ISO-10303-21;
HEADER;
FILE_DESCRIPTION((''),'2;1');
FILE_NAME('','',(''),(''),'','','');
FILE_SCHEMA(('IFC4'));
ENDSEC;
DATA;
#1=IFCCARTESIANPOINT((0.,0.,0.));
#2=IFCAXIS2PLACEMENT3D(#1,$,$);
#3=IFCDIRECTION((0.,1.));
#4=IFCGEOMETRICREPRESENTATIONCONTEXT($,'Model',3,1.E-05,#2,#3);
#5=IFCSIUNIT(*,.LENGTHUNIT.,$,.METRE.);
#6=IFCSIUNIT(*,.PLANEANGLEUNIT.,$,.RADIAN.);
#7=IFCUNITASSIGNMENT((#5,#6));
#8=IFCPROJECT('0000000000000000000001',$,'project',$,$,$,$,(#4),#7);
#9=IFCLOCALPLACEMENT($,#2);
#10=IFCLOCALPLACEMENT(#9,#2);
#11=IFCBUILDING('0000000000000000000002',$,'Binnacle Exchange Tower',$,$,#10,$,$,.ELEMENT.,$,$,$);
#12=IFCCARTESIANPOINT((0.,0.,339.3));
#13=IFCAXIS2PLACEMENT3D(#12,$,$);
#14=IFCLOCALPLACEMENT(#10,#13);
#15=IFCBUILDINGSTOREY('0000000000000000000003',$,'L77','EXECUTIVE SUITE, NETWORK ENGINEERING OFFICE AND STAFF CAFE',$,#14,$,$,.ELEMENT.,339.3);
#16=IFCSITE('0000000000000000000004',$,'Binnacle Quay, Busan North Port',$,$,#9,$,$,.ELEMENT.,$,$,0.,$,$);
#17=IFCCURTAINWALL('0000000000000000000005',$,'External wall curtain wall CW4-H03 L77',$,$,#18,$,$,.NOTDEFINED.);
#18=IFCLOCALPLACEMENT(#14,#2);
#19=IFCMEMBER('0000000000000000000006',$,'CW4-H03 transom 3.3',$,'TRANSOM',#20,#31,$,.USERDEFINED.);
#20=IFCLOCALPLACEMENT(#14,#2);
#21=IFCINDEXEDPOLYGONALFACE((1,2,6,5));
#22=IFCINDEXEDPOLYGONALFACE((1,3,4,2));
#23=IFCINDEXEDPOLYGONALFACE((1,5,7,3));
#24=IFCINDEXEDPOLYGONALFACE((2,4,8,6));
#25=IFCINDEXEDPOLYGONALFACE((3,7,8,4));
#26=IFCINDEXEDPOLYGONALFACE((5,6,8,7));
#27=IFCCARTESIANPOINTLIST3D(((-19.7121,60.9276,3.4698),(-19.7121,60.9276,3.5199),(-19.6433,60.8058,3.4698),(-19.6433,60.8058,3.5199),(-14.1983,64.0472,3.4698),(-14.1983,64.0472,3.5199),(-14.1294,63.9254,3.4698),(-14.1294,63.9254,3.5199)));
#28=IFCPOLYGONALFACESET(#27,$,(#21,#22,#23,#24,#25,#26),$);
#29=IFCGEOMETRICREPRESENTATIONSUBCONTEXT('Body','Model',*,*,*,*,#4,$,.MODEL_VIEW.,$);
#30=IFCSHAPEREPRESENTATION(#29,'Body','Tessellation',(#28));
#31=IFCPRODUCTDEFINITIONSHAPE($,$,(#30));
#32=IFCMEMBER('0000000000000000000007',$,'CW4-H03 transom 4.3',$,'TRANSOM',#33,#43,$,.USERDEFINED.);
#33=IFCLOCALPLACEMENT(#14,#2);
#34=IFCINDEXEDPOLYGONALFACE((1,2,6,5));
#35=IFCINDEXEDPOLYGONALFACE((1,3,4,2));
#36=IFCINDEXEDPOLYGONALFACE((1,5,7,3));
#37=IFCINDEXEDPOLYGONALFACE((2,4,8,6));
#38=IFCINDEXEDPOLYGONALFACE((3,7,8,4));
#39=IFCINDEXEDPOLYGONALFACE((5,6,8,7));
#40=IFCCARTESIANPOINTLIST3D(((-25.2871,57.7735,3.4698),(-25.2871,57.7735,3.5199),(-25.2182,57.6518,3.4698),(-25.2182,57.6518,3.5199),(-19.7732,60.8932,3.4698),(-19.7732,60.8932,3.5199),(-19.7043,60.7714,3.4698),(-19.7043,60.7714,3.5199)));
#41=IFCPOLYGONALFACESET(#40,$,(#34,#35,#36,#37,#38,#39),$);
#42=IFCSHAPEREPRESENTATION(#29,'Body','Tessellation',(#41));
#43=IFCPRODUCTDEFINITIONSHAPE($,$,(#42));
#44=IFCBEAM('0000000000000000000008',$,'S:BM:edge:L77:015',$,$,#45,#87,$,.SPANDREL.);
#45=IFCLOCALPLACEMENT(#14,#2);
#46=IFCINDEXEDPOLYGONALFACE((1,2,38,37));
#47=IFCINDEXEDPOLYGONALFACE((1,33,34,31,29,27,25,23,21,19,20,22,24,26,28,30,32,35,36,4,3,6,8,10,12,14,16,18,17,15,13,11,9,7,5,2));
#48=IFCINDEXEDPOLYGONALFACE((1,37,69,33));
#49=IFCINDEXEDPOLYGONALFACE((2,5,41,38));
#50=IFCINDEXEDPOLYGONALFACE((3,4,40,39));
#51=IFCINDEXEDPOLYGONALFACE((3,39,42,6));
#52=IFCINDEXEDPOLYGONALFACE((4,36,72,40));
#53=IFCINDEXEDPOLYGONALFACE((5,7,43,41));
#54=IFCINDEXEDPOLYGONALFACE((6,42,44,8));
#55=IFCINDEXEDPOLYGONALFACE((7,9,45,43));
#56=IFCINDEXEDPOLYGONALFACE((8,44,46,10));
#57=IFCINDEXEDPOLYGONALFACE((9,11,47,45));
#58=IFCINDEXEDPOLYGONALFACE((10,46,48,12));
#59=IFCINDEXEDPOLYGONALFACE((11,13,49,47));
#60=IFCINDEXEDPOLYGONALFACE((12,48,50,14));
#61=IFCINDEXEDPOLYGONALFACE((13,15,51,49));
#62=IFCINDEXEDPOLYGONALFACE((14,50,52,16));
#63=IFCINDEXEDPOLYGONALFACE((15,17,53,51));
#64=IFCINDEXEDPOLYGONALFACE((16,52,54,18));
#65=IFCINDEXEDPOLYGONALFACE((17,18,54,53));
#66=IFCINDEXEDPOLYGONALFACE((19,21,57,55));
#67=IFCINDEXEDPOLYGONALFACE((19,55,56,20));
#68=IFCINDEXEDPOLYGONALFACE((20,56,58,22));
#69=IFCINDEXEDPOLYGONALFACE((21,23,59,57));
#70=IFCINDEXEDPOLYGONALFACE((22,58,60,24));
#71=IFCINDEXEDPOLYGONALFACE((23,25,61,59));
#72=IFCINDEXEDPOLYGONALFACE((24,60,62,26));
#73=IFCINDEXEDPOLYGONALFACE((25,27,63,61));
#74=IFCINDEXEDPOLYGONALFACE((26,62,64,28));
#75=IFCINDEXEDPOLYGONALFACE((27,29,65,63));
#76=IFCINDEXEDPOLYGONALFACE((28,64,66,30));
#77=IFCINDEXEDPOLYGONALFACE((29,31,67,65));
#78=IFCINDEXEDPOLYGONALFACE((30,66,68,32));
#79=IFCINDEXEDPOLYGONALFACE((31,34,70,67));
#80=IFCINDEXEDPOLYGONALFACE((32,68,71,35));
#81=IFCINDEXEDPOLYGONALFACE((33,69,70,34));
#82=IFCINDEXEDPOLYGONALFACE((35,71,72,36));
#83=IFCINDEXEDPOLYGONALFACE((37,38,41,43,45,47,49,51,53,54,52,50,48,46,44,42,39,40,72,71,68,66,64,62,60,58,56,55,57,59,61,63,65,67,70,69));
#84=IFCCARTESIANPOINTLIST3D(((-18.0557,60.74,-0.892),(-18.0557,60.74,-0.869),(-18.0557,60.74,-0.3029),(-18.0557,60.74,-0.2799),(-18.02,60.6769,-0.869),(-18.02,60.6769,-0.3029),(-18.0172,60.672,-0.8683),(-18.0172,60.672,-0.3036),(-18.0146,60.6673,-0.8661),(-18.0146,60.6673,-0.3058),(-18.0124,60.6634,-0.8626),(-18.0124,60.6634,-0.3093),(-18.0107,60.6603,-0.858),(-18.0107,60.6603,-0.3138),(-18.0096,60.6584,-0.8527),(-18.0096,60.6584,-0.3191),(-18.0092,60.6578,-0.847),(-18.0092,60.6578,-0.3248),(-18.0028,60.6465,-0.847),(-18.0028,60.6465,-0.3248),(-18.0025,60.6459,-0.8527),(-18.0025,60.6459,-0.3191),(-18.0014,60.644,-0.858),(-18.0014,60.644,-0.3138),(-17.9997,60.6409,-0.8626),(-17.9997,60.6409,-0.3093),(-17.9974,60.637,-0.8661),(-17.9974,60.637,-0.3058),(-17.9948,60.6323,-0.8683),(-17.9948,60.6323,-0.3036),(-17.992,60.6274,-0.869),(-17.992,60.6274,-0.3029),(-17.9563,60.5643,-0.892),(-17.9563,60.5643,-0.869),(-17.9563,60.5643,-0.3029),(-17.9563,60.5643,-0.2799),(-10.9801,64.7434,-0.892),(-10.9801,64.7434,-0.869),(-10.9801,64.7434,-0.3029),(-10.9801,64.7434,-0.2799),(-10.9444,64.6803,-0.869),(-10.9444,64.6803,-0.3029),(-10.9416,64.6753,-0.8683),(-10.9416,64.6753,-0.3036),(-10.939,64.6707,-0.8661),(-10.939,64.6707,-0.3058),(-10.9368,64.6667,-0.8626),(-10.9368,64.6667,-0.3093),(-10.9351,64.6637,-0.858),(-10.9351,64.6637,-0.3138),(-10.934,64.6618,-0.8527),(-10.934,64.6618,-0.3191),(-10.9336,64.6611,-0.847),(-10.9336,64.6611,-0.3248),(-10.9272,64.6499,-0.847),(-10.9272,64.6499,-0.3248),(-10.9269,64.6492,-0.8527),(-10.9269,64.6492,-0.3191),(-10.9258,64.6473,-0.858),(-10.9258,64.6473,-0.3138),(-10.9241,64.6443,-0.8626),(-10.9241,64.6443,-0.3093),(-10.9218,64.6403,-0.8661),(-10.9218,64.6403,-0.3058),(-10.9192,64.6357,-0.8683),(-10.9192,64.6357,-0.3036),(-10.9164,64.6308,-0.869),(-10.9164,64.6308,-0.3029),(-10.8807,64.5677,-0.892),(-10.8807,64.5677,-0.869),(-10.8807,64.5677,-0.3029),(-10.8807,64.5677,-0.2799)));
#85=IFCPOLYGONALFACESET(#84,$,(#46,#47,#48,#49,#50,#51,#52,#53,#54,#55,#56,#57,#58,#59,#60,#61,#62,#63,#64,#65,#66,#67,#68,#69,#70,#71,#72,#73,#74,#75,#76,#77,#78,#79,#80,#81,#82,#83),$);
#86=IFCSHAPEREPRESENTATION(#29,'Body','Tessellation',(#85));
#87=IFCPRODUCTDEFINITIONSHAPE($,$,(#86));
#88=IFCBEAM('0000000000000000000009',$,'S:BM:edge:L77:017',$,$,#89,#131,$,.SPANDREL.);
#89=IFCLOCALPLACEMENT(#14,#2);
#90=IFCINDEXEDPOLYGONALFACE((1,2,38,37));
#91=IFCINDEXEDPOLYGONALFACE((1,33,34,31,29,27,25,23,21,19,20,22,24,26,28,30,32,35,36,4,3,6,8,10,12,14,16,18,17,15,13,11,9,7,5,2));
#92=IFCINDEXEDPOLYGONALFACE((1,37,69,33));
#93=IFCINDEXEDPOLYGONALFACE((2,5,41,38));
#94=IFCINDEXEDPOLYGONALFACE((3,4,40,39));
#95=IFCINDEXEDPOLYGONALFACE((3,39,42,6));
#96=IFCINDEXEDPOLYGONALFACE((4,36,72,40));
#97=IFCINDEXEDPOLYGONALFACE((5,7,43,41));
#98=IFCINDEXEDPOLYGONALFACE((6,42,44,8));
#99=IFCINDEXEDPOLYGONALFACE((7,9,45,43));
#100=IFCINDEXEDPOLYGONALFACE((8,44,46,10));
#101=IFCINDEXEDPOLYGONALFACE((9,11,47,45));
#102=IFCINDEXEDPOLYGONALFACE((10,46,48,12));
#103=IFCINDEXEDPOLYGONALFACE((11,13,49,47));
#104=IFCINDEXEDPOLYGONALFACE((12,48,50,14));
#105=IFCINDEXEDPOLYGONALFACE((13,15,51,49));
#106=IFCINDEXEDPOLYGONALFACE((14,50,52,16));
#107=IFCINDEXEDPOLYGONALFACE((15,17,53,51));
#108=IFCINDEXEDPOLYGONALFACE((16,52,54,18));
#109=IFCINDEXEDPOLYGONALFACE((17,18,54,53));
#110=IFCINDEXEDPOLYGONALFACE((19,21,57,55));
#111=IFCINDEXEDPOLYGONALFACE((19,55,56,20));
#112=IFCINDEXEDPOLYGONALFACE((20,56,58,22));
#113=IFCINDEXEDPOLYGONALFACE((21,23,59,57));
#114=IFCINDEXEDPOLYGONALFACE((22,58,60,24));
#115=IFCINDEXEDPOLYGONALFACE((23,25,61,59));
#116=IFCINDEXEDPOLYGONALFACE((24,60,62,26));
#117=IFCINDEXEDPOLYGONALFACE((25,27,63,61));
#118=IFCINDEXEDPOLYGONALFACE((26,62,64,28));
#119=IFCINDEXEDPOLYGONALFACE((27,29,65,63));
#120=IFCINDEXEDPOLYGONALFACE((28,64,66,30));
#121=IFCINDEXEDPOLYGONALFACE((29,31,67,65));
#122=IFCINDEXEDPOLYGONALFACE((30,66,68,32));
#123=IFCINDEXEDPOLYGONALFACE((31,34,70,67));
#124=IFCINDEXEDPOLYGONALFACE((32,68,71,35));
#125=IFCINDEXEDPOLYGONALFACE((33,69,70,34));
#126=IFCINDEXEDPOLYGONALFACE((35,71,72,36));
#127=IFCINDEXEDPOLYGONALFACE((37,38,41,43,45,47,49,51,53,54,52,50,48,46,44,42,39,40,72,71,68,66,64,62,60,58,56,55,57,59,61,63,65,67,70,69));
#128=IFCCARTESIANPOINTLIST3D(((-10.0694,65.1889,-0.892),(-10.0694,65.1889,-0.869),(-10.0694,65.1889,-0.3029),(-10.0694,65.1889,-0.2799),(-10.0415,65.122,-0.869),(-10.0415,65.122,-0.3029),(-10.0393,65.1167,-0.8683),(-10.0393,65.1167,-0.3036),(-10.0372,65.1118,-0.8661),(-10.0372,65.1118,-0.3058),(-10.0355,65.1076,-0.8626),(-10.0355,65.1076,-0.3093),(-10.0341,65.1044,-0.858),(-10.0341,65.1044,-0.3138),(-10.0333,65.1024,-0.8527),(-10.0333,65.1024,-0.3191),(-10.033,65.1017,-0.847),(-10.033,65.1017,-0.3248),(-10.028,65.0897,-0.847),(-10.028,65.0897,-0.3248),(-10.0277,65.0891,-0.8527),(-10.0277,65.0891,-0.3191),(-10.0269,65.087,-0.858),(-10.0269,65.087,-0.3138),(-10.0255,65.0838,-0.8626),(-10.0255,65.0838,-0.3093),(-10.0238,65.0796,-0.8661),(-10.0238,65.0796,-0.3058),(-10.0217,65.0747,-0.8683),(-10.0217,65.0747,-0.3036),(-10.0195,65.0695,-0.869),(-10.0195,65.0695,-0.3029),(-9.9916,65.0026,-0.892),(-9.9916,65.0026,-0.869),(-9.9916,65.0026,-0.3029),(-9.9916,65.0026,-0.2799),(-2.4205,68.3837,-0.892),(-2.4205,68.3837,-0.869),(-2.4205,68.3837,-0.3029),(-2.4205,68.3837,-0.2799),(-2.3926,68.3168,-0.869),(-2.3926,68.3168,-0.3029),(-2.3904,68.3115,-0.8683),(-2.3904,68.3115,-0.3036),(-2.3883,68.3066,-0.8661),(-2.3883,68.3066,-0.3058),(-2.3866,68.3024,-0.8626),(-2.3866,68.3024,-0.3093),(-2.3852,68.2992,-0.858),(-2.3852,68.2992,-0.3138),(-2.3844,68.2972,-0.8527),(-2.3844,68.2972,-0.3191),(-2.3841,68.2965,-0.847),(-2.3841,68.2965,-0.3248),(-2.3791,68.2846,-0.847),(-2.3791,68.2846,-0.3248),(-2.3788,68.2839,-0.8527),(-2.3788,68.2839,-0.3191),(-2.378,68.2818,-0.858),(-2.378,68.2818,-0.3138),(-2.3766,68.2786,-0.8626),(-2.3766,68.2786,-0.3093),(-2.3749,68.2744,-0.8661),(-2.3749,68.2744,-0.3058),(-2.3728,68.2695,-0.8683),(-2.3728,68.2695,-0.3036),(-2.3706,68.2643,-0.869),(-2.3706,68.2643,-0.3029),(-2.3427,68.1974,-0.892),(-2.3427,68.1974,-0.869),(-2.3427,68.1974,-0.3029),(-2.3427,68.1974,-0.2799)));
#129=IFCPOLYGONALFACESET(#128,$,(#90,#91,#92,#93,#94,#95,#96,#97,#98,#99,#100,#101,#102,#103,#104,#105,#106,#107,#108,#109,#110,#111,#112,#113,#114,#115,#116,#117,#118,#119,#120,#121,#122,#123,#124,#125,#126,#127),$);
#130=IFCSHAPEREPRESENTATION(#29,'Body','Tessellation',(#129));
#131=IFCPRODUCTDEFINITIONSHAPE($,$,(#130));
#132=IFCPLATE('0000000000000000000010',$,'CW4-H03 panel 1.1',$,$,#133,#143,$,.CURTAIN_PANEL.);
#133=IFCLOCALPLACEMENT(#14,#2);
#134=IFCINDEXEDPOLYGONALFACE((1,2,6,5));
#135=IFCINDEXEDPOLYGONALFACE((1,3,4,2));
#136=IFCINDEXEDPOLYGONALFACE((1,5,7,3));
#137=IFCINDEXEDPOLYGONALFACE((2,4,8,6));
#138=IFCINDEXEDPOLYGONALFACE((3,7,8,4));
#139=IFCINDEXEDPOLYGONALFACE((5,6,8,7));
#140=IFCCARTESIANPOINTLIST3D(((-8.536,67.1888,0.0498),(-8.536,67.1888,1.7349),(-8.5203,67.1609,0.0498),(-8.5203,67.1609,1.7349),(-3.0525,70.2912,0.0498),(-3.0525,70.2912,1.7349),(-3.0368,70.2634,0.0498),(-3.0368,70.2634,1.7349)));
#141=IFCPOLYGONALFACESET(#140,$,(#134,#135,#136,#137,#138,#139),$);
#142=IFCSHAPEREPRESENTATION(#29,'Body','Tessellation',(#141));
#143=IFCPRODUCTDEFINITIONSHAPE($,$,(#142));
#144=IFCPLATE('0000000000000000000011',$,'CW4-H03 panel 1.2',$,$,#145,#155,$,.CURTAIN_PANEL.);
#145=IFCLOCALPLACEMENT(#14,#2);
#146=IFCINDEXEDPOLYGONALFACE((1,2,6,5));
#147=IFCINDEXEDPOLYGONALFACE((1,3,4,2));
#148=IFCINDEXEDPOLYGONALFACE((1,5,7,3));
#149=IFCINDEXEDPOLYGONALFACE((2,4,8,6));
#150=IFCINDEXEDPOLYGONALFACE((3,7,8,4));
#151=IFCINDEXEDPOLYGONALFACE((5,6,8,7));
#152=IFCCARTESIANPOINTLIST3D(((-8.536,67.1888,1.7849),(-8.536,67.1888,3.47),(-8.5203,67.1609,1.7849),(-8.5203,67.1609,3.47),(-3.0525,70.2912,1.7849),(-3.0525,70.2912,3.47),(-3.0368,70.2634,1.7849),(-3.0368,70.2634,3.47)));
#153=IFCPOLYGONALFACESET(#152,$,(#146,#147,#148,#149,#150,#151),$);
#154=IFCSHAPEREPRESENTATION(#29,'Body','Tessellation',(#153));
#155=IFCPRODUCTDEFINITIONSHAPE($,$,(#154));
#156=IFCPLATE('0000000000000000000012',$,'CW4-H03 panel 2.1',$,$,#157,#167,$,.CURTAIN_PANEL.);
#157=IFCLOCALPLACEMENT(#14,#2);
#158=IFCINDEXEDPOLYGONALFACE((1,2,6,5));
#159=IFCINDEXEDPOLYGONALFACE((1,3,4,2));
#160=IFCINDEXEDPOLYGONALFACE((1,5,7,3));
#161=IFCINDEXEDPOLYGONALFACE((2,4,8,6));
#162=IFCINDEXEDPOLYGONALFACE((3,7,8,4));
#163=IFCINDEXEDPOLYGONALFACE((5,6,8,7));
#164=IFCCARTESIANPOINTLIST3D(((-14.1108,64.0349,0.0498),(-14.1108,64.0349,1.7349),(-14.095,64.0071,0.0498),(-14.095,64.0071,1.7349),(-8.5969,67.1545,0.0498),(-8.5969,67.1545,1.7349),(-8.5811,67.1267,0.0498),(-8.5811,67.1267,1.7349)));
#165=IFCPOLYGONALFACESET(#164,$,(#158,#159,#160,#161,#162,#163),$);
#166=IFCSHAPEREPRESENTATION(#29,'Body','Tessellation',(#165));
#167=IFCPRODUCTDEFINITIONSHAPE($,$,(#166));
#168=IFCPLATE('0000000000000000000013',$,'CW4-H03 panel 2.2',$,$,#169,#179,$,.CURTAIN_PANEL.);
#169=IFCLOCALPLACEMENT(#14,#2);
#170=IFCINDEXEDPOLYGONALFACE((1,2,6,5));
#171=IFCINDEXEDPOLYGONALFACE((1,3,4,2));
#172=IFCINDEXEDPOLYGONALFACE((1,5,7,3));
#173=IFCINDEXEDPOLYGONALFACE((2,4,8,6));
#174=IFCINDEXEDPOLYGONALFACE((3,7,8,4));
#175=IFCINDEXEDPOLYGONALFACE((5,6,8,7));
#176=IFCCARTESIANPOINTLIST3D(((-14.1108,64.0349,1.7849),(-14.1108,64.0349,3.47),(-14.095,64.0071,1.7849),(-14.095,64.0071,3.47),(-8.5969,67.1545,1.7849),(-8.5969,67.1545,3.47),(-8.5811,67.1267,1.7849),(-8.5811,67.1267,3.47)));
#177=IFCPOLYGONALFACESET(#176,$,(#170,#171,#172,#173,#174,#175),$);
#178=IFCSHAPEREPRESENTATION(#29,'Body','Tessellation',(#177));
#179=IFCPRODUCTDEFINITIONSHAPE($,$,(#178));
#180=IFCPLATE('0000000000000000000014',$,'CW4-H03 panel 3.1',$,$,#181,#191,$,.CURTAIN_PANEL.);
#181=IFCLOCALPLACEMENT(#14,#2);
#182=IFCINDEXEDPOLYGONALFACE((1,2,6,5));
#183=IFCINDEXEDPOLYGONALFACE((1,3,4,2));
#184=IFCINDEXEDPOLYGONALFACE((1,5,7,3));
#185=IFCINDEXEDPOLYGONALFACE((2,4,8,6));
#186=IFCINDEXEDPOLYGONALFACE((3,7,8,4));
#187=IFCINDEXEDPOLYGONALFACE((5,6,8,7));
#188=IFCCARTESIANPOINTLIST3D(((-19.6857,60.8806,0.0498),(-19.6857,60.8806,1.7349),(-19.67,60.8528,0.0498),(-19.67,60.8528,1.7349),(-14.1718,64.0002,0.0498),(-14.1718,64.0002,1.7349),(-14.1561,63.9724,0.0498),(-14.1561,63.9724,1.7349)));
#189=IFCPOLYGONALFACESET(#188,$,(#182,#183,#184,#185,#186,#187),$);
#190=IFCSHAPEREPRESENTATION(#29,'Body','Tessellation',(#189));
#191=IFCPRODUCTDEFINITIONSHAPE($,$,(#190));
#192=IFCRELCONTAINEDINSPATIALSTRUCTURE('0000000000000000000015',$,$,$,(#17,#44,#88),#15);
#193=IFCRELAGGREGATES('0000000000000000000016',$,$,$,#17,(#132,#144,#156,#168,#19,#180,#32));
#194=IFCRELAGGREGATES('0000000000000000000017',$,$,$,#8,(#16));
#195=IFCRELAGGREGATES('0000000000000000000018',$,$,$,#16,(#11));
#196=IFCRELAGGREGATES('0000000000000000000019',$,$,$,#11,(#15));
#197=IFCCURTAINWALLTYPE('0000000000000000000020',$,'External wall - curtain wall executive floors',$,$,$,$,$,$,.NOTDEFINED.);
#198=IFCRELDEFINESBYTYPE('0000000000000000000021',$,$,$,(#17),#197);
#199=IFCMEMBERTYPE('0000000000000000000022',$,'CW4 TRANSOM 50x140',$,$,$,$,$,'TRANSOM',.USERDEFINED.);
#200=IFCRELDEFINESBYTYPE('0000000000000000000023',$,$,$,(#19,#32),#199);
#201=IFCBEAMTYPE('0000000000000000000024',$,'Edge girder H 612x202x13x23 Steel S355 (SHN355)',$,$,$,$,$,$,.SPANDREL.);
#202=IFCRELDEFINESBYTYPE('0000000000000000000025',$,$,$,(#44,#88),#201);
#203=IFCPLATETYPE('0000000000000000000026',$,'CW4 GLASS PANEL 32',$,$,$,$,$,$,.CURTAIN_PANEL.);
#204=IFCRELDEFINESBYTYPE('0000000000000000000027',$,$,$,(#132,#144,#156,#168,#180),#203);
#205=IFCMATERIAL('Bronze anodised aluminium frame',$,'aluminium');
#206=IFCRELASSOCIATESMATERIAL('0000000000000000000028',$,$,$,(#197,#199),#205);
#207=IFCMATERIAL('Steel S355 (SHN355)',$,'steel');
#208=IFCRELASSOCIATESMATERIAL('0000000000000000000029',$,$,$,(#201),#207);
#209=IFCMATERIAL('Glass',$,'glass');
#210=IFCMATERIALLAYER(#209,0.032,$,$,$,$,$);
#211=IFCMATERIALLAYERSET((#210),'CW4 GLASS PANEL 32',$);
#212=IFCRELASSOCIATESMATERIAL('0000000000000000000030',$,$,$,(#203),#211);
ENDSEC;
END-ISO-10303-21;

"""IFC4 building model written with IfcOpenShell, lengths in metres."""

from ifc_helpers import new_model, si_unit, direction, frame, origin, origin_2d, place, context, subcontext, project, spatial, rectangle, i_section, extrude, material, layer, layer_set, material_profile, profile_set, type_object, element, aggregate, save


model = new_model("IFC4")

# Units and contexts
model_context = context("Model", 3, precision=1e-05, world=origin(), true_north=direction((0.0, 1.0)))
body_context = subcontext(model_context, "Body", "Model", "MODEL_VIEW")
ifc_project = project(units=[si_unit("LENGTHUNIT", "METRE"), si_unit("PLANEANGLEUNIT", "RADIAN")], contexts=[model_context])

# Site, building, storey
site_placement = place(None, origin())
site = spatial("IfcSite", under=ifc_project, at=site_placement, Name="Binnacle Quay, Busan North Port", CompositionType="ELEMENT", RefElevation=0.0)
building_placement = place(site_placement, origin())
building = spatial("IfcBuilding", under=site, at=building_placement, Name="Binnacle Exchange Tower", CompositionType="ELEMENT")
storey_placement = place(building_placement, frame((0.0, 0.0, 339.3)))
storey = spatial("IfcBuildingStorey", under=building, at=storey_placement, Name="L77", Description="EXECUTIVE SUITE, NETWORK ENGINEERING OFFICE AND STAFF CAFE", CompositionType="ELEMENT", Elevation=339.3)

# Curtain wall, members
ifc_material_1 = material(Name="Bronze anodised aluminium frame", Category="aluminium")
curtain_wall_type = type_object("IfcCurtainWallType", Name="External wall - curtain wall executive floors", PredefinedType="NOTDEFINED", material=ifc_material_1)
curtain_wall_placement = place(storey_placement, origin())
curtain_wall = element("IfcCurtainWall", 1, at=curtain_wall_placement, inside=storey, type_object=curtain_wall_type, Name="External wall curtain wall CW4-H03 L77", PredefinedType="NOTDEFINED")
ifc_material_profile_1 = material_profile(ifc_material_1, rectangle(XDim=0.1399, YDim=0.05, at=origin_2d()), Name="AL 140x50")
ifc_profile_set_1 = profile_set([ifc_material_profile_1], Name="Bronze anodised aluminium frame")
member_type_1 = type_object("IfcMemberType", Name="CW4 TRANSOM 50x140", ElementType="TRANSOM", PredefinedType="USERDEFINED", material=ifc_profile_set_1)
member_1_placement = place(storey_placement, frame((-14.1638, 63.9863, 3.4949), z_axis=(-0.870355, -0.492424, 0.0), x_axis=(0.492424, -0.870355, 0.0)))
member_1 = element("IfcMember", 2, at=member_1_placement, type_object=member_type_1, Name="CW4-H03 transom 3.3", ObjectType="TRANSOM", PredefinedType="USERDEFINED", context=body_context, shape_type="SweptSolid", body=[
    extrude(rectangle(XDim=0.1399, YDim=0.05, at=origin_2d()), origin(), (0.0, 0.0, 1.0), 6.3352),
])
member_2_placement = place(storey_placement, frame((-19.7388, 60.8323, 3.4949), z_axis=(-0.870355, -0.492424, 0.0), x_axis=(0.492424, -0.870355, 0.0)))
member_2 = element("IfcMember", 3, at=member_2_placement, type_object=member_type_1, Name="CW4-H03 transom 4.3", ObjectType="TRANSOM", PredefinedType="USERDEFINED", context=body_context, shape_type="SweptSolid", body=[
    extrude(rectangle(XDim=0.1399, YDim=0.05, at=origin_2d()), origin(), (0.0, 0.0, 1.0), 6.3352),
])

# Beams
ifc_material_2 = material(Name="Steel S355 (SHN355)", Category="steel")
ifc_material_profile_2 = material_profile(ifc_material_2, i_section(OverallWidth=0.2019, OverallDepth=0.6121, WebThickness=0.0129, FlangeThickness=0.0229, FilletRadius=0.022, at=origin_2d()), Name="H 612x202x13x23")
ifc_profile_set_2 = profile_set([ifc_material_profile_2], Name="Steel S355 (SHN355)")
beam_type = type_object("IfcBeamType", Name="Edge girder H 612x202x13x23 Steel S355 (SHN355)", PredefinedType="SPANDREL", material=ifc_profile_set_2)
beam_1_placement = place(storey_placement, frame((-10.9304, 64.6555, -0.5859), z_axis=(-0.870346, -0.492441, 0.0), x_axis=(0.492441, -0.870346, 0.0)))
element("IfcBeam", 4, at=beam_1_placement, inside=storey, type_object=beam_type, Name="S:BM:edge:L77:015", PredefinedType="SPANDREL", context=body_context, shape_type="SweptSolid", body=[
    extrude(i_section(OverallWidth=0.2019, OverallDepth=0.6121, WebThickness=0.0129, FlangeThickness=0.0229, FilletRadius=0.022, at=origin_2d()), origin(), (0.0, 0.0, 1.0), 8.1296),
])
beam_2_placement = place(storey_placement, frame((-2.3816, 68.2905, -0.5859), z_axis=(-0.922744, -0.385414, 0.0), x_axis=(0.385414, -0.922744, 0.0)))
element("IfcBeam", 5, at=beam_2_placement, inside=storey, type_object=beam_type, Name="S:BM:edge:L77:017", PredefinedType="SPANDREL", context=body_context, shape_type="SweptSolid", body=[
    extrude(i_section(OverallWidth=0.2019, OverallDepth=0.6121, WebThickness=0.0129, FlangeThickness=0.0229, FilletRadius=0.022, at=origin_2d()), origin(), (0.0, 0.0, 1.0), 8.2893),
])

# Plates
ifc_material_3 = material(Name="Glass", Category="glass")
ifc_layer_1 = layer(ifc_material_3, 0.032)
ifc_layer_set_1 = layer_set([ifc_layer_1], Name="CW4 GLASS PANEL 32")
plate_type = type_object("IfcPlateType", Name="CW4 GLASS PANEL 32", PredefinedType="CURTAIN_PANEL", material=ifc_layer_set_1)
plate_1_placement = place(storey_placement, frame((-5.7864, 68.7261, 0.0498), z_axis=(0.0, 0.0, 1.0), x_axis=(-0.870356, -0.492424, 0.0)))
plate_1 = element("IfcPlate", 6, at=plate_1_placement, type_object=plate_type, Name="CW4-H03 panel 1.1", PredefinedType="CURTAIN_PANEL", context=body_context, shape_type="SweptSolid", body=[
    extrude(rectangle(XDim=6.3003, YDim=0.032, at=origin_2d()), origin(), (0.0, 0.0, 1.0), 1.6851),
])
plate_2_placement = place(storey_placement, frame((-5.7864, 68.7261, 1.7849), z_axis=(0.0, 0.0, 1.0), x_axis=(-0.870356, -0.492424, 0.0)))
plate_2 = element("IfcPlate", 7, at=plate_2_placement, type_object=plate_type, Name="CW4-H03 panel 1.2", PredefinedType="CURTAIN_PANEL", context=body_context, shape_type="SweptSolid", body=[
    extrude(rectangle(XDim=6.3003, YDim=0.032, at=origin_2d()), origin(), (0.0, 0.0, 1.0), 1.6851),
])
plate_3_placement = place(storey_placement, frame((-11.3459, 65.5808, 0.0498), z_axis=(0.0, 0.0, 1.0), x_axis=(-0.870356, -0.492424, 0.0)))
plate_3 = element("IfcPlate", 8, at=plate_3_placement, type_object=plate_type, Name="CW4-H03 panel 2.1", PredefinedType="CURTAIN_PANEL", context=body_context, shape_type="SweptSolid", body=[
    extrude(rectangle(XDim=6.3352, YDim=0.032, at=origin_2d()), origin(), (0.0, 0.0, 1.0), 1.6851),
])
plate_4_placement = place(storey_placement, frame((-11.3459, 65.5808, 1.7849), z_axis=(0.0, 0.0, 1.0), x_axis=(-0.870356, -0.492424, 0.0)))
plate_4 = element("IfcPlate", 9, at=plate_4_placement, type_object=plate_type, Name="CW4-H03 panel 2.2", PredefinedType="CURTAIN_PANEL", context=body_context, shape_type="SweptSolid", body=[
    extrude(rectangle(XDim=6.3352, YDim=0.032, at=origin_2d()), origin(), (0.0, 0.0, 1.0), 1.6851),
])
plate_5_placement = place(storey_placement, frame((-16.9209, 62.4265, 0.0498), z_axis=(0.0, 0.0, 1.0), x_axis=(-0.870356, -0.492424, 0.0)))
plate_5 = element("IfcPlate", 10, at=plate_5_placement, type_object=plate_type, Name="CW4-H03 panel 3.1", PredefinedType="CURTAIN_PANEL", context=body_context, shape_type="SweptSolid", body=[
    extrude(rectangle(XDim=6.3352, YDim=0.032, at=origin_2d()), origin(), (0.0, 0.0, 1.0), 1.6851),
])
aggregate(curtain_wall, [plate_1, plate_2, plate_3, plate_4, member_1, plate_5, member_2])

save(model, "model.ifc")
